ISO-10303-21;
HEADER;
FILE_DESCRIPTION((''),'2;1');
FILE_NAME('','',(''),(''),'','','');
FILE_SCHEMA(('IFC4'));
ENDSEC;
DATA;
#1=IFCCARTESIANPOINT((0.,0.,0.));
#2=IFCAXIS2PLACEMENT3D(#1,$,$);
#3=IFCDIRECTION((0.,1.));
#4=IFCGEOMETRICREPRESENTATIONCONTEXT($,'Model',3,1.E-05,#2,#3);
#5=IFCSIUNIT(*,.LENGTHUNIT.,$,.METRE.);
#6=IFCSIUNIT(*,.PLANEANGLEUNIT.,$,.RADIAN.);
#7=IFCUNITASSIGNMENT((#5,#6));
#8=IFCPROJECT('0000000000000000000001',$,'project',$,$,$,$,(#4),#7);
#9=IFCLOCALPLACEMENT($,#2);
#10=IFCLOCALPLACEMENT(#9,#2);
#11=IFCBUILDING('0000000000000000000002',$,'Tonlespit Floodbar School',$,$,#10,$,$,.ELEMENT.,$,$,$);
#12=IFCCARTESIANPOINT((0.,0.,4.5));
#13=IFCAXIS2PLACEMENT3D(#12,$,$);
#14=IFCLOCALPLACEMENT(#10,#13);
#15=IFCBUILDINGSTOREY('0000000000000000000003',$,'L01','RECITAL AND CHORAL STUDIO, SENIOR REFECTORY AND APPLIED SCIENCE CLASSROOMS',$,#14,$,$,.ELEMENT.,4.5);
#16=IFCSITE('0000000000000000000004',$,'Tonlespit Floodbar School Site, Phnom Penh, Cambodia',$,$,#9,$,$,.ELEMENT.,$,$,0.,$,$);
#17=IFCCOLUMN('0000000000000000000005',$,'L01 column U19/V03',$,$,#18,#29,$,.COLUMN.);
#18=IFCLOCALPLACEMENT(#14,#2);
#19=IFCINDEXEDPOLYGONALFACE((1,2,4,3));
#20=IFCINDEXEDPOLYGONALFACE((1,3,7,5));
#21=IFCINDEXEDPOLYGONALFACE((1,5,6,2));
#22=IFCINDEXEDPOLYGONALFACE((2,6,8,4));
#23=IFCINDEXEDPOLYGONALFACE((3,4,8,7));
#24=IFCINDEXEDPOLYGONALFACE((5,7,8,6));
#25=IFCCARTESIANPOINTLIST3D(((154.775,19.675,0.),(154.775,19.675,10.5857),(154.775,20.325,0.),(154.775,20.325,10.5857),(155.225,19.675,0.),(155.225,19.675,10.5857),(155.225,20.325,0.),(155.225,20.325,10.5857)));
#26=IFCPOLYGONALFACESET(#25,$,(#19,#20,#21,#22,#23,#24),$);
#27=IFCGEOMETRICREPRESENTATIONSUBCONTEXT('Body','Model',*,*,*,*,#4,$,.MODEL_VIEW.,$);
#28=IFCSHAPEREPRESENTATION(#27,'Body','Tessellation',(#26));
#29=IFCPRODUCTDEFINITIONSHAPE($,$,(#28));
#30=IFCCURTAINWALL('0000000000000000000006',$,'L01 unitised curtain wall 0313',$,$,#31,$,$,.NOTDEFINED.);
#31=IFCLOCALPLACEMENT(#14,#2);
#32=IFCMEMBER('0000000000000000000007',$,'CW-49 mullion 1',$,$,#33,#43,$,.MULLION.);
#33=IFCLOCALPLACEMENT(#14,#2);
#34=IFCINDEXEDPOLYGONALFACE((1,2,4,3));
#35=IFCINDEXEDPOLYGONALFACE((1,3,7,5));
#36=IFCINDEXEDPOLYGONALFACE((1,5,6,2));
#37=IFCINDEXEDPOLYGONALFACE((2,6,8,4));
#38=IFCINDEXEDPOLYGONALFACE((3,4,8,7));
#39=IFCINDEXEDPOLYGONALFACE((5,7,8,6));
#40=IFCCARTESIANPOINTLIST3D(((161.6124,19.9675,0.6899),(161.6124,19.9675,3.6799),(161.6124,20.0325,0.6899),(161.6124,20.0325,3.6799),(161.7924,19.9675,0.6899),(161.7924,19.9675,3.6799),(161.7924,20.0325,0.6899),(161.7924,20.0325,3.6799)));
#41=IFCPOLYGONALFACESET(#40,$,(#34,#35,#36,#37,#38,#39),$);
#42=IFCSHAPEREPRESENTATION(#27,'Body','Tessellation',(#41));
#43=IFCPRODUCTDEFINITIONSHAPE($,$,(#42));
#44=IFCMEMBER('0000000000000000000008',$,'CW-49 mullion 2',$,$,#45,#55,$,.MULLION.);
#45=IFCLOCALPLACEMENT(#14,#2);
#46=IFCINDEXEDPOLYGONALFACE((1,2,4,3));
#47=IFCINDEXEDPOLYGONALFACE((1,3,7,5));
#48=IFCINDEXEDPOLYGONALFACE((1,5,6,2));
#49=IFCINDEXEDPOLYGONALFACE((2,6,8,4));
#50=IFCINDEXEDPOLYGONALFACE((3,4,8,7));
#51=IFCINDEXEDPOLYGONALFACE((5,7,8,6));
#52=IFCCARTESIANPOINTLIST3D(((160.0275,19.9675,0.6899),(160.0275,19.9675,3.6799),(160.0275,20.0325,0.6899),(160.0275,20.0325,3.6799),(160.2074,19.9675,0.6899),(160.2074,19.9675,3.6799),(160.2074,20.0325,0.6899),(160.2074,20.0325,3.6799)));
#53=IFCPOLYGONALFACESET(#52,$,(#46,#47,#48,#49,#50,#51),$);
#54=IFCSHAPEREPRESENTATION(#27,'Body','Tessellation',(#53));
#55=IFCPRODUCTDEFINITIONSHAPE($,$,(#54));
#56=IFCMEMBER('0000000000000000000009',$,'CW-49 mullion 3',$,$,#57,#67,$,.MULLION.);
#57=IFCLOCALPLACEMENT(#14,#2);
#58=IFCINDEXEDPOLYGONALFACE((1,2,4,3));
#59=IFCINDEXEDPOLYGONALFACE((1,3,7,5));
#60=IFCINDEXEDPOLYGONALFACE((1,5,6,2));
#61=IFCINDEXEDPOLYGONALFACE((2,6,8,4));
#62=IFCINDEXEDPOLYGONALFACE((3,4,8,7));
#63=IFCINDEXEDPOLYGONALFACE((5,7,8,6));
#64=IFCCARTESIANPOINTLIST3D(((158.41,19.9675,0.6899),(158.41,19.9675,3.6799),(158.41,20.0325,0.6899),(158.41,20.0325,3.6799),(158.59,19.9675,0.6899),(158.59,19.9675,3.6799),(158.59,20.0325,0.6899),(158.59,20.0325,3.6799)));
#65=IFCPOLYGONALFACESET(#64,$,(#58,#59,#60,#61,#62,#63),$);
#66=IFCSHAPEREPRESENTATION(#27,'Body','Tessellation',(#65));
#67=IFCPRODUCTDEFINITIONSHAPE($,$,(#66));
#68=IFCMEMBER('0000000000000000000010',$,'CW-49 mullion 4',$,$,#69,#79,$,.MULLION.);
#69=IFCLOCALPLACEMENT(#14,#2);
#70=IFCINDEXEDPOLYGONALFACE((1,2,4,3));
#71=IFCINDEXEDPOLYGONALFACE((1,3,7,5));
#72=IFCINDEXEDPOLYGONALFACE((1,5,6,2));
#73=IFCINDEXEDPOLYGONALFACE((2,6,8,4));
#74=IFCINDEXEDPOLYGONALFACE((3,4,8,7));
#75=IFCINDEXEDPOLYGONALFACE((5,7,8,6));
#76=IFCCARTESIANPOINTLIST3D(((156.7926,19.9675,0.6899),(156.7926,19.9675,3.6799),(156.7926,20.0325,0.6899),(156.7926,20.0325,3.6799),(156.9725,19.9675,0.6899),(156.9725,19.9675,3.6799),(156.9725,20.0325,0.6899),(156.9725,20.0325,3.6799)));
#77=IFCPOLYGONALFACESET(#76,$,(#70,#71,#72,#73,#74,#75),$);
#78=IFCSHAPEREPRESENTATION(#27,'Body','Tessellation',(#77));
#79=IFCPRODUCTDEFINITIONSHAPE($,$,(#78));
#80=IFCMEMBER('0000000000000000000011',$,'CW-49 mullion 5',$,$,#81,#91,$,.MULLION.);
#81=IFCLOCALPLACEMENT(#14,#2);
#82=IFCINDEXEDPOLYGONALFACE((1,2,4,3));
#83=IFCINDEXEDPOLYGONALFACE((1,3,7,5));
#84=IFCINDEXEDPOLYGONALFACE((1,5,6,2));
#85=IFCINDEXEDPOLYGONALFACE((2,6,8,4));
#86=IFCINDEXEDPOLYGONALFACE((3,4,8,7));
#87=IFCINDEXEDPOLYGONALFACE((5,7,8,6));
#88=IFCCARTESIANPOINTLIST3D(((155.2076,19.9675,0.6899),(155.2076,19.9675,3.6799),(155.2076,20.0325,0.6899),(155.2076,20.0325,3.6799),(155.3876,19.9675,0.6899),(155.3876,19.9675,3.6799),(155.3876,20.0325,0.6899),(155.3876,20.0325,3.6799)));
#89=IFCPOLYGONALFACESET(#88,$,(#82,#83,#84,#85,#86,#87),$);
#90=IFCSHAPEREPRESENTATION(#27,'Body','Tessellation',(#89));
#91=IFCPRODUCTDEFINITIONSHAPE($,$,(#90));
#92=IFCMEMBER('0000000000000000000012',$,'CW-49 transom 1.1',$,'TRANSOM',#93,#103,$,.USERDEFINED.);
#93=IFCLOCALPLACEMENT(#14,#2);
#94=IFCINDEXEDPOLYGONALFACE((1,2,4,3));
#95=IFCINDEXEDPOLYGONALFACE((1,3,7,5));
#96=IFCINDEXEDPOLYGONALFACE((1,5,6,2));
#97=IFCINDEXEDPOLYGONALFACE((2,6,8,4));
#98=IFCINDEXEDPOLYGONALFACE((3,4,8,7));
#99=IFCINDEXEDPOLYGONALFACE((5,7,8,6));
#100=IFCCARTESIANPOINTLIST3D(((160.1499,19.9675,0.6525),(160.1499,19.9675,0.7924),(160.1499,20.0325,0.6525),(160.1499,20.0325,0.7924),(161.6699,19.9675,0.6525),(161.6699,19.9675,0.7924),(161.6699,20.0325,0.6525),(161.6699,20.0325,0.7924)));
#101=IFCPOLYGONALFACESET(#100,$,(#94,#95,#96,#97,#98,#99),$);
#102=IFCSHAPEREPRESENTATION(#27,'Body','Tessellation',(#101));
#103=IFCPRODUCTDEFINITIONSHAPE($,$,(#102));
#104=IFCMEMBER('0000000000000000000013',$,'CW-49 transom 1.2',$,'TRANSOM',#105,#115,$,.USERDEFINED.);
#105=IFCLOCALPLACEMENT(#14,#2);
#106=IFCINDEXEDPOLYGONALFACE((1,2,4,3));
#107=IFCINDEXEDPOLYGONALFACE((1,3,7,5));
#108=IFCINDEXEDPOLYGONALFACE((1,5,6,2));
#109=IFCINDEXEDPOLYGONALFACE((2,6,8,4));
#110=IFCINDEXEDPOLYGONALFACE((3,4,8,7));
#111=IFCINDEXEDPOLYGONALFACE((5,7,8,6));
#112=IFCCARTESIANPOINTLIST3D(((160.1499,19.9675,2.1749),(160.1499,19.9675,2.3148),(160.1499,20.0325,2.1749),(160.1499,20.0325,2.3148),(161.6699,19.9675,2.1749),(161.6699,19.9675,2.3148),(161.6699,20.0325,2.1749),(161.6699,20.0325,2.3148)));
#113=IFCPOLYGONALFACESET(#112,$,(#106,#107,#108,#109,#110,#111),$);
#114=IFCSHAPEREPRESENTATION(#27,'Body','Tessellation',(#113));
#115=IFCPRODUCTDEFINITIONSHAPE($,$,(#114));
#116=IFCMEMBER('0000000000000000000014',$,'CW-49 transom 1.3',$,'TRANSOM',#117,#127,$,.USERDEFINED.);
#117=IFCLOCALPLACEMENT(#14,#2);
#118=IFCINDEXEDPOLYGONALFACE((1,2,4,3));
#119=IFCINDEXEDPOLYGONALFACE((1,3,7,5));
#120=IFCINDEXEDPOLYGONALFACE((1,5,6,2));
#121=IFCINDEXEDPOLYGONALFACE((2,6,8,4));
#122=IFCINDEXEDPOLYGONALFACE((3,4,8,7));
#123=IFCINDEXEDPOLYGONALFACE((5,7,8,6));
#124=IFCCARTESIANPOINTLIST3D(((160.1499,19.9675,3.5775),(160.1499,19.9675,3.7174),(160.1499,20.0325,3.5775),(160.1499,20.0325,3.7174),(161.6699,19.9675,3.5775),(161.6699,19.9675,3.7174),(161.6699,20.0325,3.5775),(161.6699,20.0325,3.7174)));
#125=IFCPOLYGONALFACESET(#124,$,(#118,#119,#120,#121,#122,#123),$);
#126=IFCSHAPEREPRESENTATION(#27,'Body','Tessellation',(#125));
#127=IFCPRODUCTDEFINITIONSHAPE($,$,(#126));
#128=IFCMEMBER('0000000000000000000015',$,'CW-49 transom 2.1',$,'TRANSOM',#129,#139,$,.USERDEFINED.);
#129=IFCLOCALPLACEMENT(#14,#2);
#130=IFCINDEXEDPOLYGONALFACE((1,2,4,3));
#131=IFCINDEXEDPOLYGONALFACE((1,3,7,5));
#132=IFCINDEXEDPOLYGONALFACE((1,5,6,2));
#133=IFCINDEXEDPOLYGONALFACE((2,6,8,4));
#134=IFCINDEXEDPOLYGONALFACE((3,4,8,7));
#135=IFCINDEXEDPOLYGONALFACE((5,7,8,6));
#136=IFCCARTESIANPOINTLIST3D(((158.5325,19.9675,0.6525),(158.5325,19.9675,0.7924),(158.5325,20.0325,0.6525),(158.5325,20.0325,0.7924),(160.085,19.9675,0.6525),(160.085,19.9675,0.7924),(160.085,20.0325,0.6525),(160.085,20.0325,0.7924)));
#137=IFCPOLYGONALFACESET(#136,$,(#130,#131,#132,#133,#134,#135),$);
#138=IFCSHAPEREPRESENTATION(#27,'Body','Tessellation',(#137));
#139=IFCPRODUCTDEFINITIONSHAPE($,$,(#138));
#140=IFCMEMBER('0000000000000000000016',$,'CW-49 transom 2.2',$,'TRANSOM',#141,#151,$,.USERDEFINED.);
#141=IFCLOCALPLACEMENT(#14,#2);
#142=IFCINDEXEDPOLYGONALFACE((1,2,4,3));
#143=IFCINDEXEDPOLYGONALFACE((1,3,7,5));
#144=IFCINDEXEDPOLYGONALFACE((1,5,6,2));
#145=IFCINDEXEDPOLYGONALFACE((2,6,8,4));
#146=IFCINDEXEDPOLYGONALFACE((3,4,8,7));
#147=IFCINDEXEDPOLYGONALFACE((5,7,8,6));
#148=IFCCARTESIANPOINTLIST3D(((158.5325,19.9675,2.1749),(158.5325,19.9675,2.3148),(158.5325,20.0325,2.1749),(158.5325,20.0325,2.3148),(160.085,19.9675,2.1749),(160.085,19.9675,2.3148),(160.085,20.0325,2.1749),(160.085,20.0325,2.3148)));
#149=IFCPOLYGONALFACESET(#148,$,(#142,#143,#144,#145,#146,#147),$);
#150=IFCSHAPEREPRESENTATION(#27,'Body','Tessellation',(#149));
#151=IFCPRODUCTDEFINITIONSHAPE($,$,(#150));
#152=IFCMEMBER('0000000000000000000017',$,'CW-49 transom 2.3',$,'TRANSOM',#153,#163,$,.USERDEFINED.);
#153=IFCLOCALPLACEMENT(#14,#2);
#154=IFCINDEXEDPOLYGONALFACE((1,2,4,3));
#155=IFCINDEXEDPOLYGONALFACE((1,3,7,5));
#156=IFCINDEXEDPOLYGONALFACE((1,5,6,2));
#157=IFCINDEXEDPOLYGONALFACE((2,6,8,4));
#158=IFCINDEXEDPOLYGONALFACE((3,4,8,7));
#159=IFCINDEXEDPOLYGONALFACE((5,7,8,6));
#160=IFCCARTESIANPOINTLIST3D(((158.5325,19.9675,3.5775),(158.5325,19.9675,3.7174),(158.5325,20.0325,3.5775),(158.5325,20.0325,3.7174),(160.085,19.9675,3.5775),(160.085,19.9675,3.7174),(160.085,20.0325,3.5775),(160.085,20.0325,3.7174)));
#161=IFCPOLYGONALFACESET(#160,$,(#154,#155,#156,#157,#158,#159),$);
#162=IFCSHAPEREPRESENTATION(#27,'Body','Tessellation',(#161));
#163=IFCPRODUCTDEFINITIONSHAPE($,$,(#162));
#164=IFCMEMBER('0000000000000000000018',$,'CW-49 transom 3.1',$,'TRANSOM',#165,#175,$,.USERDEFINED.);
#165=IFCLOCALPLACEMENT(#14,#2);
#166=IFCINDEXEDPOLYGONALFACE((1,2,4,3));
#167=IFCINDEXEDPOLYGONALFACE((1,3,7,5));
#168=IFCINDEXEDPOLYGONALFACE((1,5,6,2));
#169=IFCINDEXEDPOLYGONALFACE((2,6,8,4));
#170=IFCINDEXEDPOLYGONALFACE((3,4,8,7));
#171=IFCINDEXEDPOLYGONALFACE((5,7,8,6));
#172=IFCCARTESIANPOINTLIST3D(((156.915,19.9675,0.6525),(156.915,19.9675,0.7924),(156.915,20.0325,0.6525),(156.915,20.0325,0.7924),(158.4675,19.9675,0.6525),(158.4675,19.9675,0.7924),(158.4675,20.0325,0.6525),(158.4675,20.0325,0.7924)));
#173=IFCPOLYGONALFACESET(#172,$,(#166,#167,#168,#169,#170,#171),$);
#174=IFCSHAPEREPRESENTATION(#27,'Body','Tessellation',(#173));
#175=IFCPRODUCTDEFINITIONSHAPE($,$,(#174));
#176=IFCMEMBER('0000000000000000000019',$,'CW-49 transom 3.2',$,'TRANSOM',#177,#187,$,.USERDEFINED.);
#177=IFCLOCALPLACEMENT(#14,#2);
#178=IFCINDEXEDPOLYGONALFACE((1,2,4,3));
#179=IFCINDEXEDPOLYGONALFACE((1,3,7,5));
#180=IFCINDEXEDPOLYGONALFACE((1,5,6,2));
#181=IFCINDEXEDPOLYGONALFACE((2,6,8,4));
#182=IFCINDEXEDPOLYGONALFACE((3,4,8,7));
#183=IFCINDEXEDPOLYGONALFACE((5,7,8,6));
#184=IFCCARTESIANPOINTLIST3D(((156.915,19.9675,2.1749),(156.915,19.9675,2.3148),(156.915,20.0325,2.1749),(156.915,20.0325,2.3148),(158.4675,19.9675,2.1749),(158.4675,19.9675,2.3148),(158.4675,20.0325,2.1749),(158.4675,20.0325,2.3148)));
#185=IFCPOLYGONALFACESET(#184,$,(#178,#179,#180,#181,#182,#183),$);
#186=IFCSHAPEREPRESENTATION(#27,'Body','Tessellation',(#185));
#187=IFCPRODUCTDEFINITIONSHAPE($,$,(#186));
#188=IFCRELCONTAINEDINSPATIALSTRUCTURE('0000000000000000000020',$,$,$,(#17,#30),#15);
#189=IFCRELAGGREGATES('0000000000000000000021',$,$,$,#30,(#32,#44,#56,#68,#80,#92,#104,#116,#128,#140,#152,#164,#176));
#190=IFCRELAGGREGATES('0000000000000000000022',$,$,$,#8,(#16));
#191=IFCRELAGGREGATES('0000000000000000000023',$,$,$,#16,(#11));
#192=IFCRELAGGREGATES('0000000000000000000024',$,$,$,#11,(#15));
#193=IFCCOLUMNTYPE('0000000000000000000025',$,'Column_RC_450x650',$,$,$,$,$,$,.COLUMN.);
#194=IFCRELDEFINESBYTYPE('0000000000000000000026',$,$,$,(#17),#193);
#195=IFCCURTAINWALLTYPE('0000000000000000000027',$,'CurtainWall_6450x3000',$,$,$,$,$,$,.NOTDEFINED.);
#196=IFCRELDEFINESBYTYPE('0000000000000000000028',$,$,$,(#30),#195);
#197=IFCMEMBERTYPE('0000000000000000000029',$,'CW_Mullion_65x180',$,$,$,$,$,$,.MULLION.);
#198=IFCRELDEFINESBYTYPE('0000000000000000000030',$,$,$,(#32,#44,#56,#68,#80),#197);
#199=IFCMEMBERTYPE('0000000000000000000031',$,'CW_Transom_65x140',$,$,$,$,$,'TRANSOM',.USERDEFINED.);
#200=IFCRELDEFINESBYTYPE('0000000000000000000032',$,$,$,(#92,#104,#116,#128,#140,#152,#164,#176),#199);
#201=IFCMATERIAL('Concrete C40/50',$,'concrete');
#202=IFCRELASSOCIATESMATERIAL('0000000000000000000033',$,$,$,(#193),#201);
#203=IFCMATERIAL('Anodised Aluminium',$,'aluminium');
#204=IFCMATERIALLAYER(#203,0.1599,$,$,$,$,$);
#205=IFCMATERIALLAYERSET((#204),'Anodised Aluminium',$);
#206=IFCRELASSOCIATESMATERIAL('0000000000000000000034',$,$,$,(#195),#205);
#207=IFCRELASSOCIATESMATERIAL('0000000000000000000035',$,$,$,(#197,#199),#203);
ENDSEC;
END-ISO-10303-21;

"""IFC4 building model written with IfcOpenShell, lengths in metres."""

from ifc_helpers import new_model, si_unit, direction, frame, origin, origin_2d, place, context, subcontext, project, spatial, rectangle, extrude, material, layer, layer_set, material_profile, profile_set, type_object, element, aggregate, save


model = new_model("IFC4")

# Units and contexts
model_context = context("Model", 3, precision=1e-05, world=origin(), true_north=direction((0.0, 1.0)))
body_context = subcontext(model_context, "Body", "Model", "MODEL_VIEW")
ifc_project = project(units=[si_unit("LENGTHUNIT", "METRE"), si_unit("PLANEANGLEUNIT", "RADIAN")], contexts=[model_context])

# Site, building, storey
site_placement = place(None, origin())
site = spatial("IfcSite", under=ifc_project, at=site_placement, Name="Tonlespit Floodbar School Site, Phnom Penh, Cambodia", CompositionType="ELEMENT", RefElevation=0.0)
building_placement = place(site_placement, origin())
building = spatial("IfcBuilding", under=site, at=building_placement, Name="Tonlespit Floodbar School", CompositionType="ELEMENT")
storey_placement = place(building_placement, frame((0.0, 0.0, 4.5)))
storey = spatial("IfcBuildingStorey", under=building, at=storey_placement, Name="L01", Description="RECITAL AND CHORAL STUDIO, SENIOR REFECTORY AND APPLIED SCIENCE CLASSROOMS", CompositionType="ELEMENT", Elevation=4.5)

# Column
ifc_material_1 = material(Name="Concrete C40/50", Category="concrete")
ifc_material_profile_1 = material_profile(ifc_material_1, rectangle(XDim=0.45, YDim=0.6499, at=origin_2d()), Name="RC 450x650")
ifc_profile_set_1 = profile_set([ifc_material_profile_1], Name="Concrete C40/50")
column_type = type_object("IfcColumnType", Name="Column_RC_450x650", PredefinedType="COLUMN", material=ifc_profile_set_1)
column_placement = place(storey_placement, frame((155.0, 20.0, 0.0), z_axis=(0.0, 0.0, 1.0), x_axis=(1.0, 0.0, 0.0)))
element("IfcColumn", 1, at=column_placement, inside=storey, type_object=column_type, Name="L01 column U19/V03", PredefinedType="COLUMN", context=body_context, shape_type="SweptSolid", body=[
    extrude(rectangle(XDim=0.45, YDim=0.6499, at=origin_2d()), origin(), (0.0, 0.0, 1.0), 10.5857),
])

# Curtain wall, members
ifc_material_2 = material(Name="Anodised Aluminium", Category="aluminium")
ifc_layer_1 = layer(ifc_material_2, 0.1599)
ifc_layer_set_1 = layer_set([ifc_layer_1], Name="Anodised Aluminium")
curtain_wall_type = type_object("IfcCurtainWallType", Name="CurtainWall_6450x3000", PredefinedType="NOTDEFINED", material=ifc_layer_set_1)
curtain_wall_placement = place(storey_placement, origin())
curtain_wall = element("IfcCurtainWall", 2, at=curtain_wall_placement, inside=storey, type_object=curtain_wall_type, Name="L01 unitised curtain wall 0313", PredefinedType="NOTDEFINED")
ifc_material_profile_2 = material_profile(ifc_material_2, rectangle(XDim=0.0649, YDim=0.1799, at=origin_2d()), Name="ALU M65x180")
ifc_profile_set_2 = profile_set([ifc_material_profile_2], Name="Anodised Aluminium")
member_type_1 = type_object("IfcMemberType", Name="CW_Mullion_65x180", PredefinedType="MULLION", material=ifc_profile_set_2)
member_1_placement = place(storey_placement, frame((161.7024, 20.0, 0.6899), z_axis=(0.0, 0.0, 1.0), x_axis=(0.0, -1.0, 0.0)))
member_1 = element("IfcMember", 3, at=member_1_placement, type_object=member_type_1, Name="CW-49 mullion 1", PredefinedType="MULLION", context=body_context, shape_type="SweptSolid", body=[
    extrude(rectangle(XDim=0.0649, YDim=0.1799, at=origin_2d()), origin(), (0.0, 0.0, 1.0), 2.99),
])
member_2_placement = place(storey_placement, frame((160.1174, 20.0, 0.6899), z_axis=(0.0, 0.0, 1.0), x_axis=(0.0, -1.0, 0.0)))
member_2 = element("IfcMember", 4, at=member_2_placement, type_object=member_type_1, Name="CW-49 mullion 2", PredefinedType="MULLION", context=body_context, shape_type="SweptSolid", body=[
    extrude(rectangle(XDim=0.0649, YDim=0.1799, at=origin_2d()), origin(), (0.0, 0.0, 1.0), 2.99),
])
member_3_placement = place(storey_placement, frame((158.5, 20.0, 0.6899), z_axis=(0.0, 0.0, 1.0), x_axis=(0.0, -1.0, 0.0)))
member_3 = element("IfcMember", 5, at=member_3_placement, type_object=member_type_1, Name="CW-49 mullion 3", PredefinedType="MULLION", context=body_context, shape_type="SweptSolid", body=[
    extrude(rectangle(XDim=0.0649, YDim=0.1799, at=origin_2d()), origin(), (0.0, 0.0, 1.0), 2.99),
])
member_4_placement = place(storey_placement, frame((156.8826, 20.0, 0.6899), z_axis=(0.0, 0.0, 1.0), x_axis=(0.0, -1.0, 0.0)))
member_4 = element("IfcMember", 6, at=member_4_placement, type_object=member_type_1, Name="CW-49 mullion 4", PredefinedType="MULLION", context=body_context, shape_type="SweptSolid", body=[
    extrude(rectangle(XDim=0.0649, YDim=0.1799, at=origin_2d()), origin(), (0.0, 0.0, 1.0), 2.99),
])
member_5_placement = place(storey_placement, frame((155.2976, 20.0, 0.6899), z_axis=(0.0, 0.0, 1.0), x_axis=(0.0, -1.0, 0.0)))
member_5 = element("IfcMember", 7, at=member_5_placement, type_object=member_type_1, Name="CW-49 mullion 5", PredefinedType="MULLION", context=body_context, shape_type="SweptSolid", body=[
    extrude(rectangle(XDim=0.0649, YDim=0.1799, at=origin_2d()), origin(), (0.0, 0.0, 1.0), 2.99),
])
ifc_material_profile_3 = material_profile(ifc_material_2, rectangle(XDim=0.0649, YDim=0.1399, at=origin_2d()), Name="ALU T65x140")
ifc_profile_set_3 = profile_set([ifc_material_profile_3], Name="Anodised Aluminium")
member_type_2 = type_object("IfcMemberType", Name="CW_Transom_65x140", ElementType="TRANSOM", PredefinedType="USERDEFINED", material=ifc_profile_set_3)
member_6_placement = place(storey_placement, frame((161.6699, 20.0, 0.7224), z_axis=(-1.0, 0.0, 0.0), x_axis=(0.0, -1.0, 0.0)))
member_6 = element("IfcMember", 8, at=member_6_placement, type_object=member_type_2, Name="CW-49 transom 1.1", ObjectType="TRANSOM", PredefinedType="USERDEFINED", context=body_context, shape_type="SweptSolid", body=[
    extrude(rectangle(XDim=0.0649, YDim=0.1399, at=origin_2d()), origin(), (0.0, 0.0, 1.0), 1.52),
])
member_7_placement = place(storey_placement, frame((161.6699, 20.0, 2.2449), z_axis=(-1.0, 0.0, 0.0), x_axis=(0.0, -1.0, 0.0)))
member_7 = element("IfcMember", 9, at=member_7_placement, type_object=member_type_2, Name="CW-49 transom 1.2", ObjectType="TRANSOM", PredefinedType="USERDEFINED", context=body_context, shape_type="SweptSolid", body=[
    extrude(rectangle(XDim=0.0649, YDim=0.1399, at=origin_2d()), origin(), (0.0, 0.0, 1.0), 1.52),
])
member_8_placement = place(storey_placement, frame((161.6699, 20.0, 3.6475), z_axis=(-1.0, 0.0, 0.0), x_axis=(0.0, -1.0, 0.0)))
member_8 = element("IfcMember", 10, at=member_8_placement, type_object=member_type_2, Name="CW-49 transom 1.3", ObjectType="TRANSOM", PredefinedType="USERDEFINED", context=body_context, shape_type="SweptSolid", body=[
    extrude(rectangle(XDim=0.0649, YDim=0.1399, at=origin_2d()), origin(), (0.0, 0.0, 1.0), 1.52),
])
member_9_placement = place(storey_placement, frame((160.085, 20.0, 0.7224), z_axis=(-1.0, 0.0, 0.0), x_axis=(0.0, -1.0, 0.0)))
member_9 = element("IfcMember", 11, at=member_9_placement, type_object=member_type_2, Name="CW-49 transom 2.1", ObjectType="TRANSOM", PredefinedType="USERDEFINED", context=body_context, shape_type="SweptSolid", body=[
    extrude(rectangle(XDim=0.0649, YDim=0.1399, at=origin_2d()), origin(), (0.0, 0.0, 1.0), 1.5525),
])
member_10_placement = place(storey_placement, frame((160.085, 20.0, 2.2449), z_axis=(-1.0, 0.0, 0.0), x_axis=(0.0, -1.0, 0.0)))
member_10 = element("IfcMember", 12, at=member_10_placement, type_object=member_type_2, Name="CW-49 transom 2.2", ObjectType="TRANSOM", PredefinedType="USERDEFINED", context=body_context, shape_type="SweptSolid", body=[
    extrude(rectangle(XDim=0.0649, YDim=0.1399, at=origin_2d()), origin(), (0.0, 0.0, 1.0), 1.5525),
])
member_11_placement = place(storey_placement, frame((160.085, 20.0, 3.6475), z_axis=(-1.0, 0.0, 0.0), x_axis=(0.0, -1.0, 0.0)))
member_11 = element("IfcMember", 13, at=member_11_placement, type_object=member_type_2, Name="CW-49 transom 2.3", ObjectType="TRANSOM", PredefinedType="USERDEFINED", context=body_context, shape_type="SweptSolid", body=[
    extrude(rectangle(XDim=0.0649, YDim=0.1399, at=origin_2d()), origin(), (0.0, 0.0, 1.0), 1.5525),
])
member_12_placement = place(storey_placement, frame((158.4675, 20.0, 0.7224), z_axis=(-1.0, 0.0, 0.0), x_axis=(0.0, -1.0, 0.0)))
member_12 = element("IfcMember", 14, at=member_12_placement, type_object=member_type_2, Name="CW-49 transom 3.1", ObjectType="TRANSOM", PredefinedType="USERDEFINED", context=body_context, shape_type="SweptSolid", body=[
    extrude(rectangle(XDim=0.0649, YDim=0.1399, at=origin_2d()), origin(), (0.0, 0.0, 1.0), 1.5525),
])
member_13_placement = place(storey_placement, frame((158.4675, 20.0, 2.2449), z_axis=(-1.0, 0.0, 0.0), x_axis=(0.0, -1.0, 0.0)))
member_13 = element("IfcMember", 15, at=member_13_placement, type_object=member_type_2, Name="CW-49 transom 3.2", ObjectType="TRANSOM", PredefinedType="USERDEFINED", context=body_context, shape_type="SweptSolid", body=[
    extrude(rectangle(XDim=0.0649, YDim=0.1399, at=origin_2d()), origin(), (0.0, 0.0, 1.0), 1.5525),
])

aggregate(curtain_wall, [member_1, member_2, member_3, member_4, member_5, member_6, member_7, member_8, member_9, member_10, member_11, member_12, member_13])

save(model, "model.ifc")
